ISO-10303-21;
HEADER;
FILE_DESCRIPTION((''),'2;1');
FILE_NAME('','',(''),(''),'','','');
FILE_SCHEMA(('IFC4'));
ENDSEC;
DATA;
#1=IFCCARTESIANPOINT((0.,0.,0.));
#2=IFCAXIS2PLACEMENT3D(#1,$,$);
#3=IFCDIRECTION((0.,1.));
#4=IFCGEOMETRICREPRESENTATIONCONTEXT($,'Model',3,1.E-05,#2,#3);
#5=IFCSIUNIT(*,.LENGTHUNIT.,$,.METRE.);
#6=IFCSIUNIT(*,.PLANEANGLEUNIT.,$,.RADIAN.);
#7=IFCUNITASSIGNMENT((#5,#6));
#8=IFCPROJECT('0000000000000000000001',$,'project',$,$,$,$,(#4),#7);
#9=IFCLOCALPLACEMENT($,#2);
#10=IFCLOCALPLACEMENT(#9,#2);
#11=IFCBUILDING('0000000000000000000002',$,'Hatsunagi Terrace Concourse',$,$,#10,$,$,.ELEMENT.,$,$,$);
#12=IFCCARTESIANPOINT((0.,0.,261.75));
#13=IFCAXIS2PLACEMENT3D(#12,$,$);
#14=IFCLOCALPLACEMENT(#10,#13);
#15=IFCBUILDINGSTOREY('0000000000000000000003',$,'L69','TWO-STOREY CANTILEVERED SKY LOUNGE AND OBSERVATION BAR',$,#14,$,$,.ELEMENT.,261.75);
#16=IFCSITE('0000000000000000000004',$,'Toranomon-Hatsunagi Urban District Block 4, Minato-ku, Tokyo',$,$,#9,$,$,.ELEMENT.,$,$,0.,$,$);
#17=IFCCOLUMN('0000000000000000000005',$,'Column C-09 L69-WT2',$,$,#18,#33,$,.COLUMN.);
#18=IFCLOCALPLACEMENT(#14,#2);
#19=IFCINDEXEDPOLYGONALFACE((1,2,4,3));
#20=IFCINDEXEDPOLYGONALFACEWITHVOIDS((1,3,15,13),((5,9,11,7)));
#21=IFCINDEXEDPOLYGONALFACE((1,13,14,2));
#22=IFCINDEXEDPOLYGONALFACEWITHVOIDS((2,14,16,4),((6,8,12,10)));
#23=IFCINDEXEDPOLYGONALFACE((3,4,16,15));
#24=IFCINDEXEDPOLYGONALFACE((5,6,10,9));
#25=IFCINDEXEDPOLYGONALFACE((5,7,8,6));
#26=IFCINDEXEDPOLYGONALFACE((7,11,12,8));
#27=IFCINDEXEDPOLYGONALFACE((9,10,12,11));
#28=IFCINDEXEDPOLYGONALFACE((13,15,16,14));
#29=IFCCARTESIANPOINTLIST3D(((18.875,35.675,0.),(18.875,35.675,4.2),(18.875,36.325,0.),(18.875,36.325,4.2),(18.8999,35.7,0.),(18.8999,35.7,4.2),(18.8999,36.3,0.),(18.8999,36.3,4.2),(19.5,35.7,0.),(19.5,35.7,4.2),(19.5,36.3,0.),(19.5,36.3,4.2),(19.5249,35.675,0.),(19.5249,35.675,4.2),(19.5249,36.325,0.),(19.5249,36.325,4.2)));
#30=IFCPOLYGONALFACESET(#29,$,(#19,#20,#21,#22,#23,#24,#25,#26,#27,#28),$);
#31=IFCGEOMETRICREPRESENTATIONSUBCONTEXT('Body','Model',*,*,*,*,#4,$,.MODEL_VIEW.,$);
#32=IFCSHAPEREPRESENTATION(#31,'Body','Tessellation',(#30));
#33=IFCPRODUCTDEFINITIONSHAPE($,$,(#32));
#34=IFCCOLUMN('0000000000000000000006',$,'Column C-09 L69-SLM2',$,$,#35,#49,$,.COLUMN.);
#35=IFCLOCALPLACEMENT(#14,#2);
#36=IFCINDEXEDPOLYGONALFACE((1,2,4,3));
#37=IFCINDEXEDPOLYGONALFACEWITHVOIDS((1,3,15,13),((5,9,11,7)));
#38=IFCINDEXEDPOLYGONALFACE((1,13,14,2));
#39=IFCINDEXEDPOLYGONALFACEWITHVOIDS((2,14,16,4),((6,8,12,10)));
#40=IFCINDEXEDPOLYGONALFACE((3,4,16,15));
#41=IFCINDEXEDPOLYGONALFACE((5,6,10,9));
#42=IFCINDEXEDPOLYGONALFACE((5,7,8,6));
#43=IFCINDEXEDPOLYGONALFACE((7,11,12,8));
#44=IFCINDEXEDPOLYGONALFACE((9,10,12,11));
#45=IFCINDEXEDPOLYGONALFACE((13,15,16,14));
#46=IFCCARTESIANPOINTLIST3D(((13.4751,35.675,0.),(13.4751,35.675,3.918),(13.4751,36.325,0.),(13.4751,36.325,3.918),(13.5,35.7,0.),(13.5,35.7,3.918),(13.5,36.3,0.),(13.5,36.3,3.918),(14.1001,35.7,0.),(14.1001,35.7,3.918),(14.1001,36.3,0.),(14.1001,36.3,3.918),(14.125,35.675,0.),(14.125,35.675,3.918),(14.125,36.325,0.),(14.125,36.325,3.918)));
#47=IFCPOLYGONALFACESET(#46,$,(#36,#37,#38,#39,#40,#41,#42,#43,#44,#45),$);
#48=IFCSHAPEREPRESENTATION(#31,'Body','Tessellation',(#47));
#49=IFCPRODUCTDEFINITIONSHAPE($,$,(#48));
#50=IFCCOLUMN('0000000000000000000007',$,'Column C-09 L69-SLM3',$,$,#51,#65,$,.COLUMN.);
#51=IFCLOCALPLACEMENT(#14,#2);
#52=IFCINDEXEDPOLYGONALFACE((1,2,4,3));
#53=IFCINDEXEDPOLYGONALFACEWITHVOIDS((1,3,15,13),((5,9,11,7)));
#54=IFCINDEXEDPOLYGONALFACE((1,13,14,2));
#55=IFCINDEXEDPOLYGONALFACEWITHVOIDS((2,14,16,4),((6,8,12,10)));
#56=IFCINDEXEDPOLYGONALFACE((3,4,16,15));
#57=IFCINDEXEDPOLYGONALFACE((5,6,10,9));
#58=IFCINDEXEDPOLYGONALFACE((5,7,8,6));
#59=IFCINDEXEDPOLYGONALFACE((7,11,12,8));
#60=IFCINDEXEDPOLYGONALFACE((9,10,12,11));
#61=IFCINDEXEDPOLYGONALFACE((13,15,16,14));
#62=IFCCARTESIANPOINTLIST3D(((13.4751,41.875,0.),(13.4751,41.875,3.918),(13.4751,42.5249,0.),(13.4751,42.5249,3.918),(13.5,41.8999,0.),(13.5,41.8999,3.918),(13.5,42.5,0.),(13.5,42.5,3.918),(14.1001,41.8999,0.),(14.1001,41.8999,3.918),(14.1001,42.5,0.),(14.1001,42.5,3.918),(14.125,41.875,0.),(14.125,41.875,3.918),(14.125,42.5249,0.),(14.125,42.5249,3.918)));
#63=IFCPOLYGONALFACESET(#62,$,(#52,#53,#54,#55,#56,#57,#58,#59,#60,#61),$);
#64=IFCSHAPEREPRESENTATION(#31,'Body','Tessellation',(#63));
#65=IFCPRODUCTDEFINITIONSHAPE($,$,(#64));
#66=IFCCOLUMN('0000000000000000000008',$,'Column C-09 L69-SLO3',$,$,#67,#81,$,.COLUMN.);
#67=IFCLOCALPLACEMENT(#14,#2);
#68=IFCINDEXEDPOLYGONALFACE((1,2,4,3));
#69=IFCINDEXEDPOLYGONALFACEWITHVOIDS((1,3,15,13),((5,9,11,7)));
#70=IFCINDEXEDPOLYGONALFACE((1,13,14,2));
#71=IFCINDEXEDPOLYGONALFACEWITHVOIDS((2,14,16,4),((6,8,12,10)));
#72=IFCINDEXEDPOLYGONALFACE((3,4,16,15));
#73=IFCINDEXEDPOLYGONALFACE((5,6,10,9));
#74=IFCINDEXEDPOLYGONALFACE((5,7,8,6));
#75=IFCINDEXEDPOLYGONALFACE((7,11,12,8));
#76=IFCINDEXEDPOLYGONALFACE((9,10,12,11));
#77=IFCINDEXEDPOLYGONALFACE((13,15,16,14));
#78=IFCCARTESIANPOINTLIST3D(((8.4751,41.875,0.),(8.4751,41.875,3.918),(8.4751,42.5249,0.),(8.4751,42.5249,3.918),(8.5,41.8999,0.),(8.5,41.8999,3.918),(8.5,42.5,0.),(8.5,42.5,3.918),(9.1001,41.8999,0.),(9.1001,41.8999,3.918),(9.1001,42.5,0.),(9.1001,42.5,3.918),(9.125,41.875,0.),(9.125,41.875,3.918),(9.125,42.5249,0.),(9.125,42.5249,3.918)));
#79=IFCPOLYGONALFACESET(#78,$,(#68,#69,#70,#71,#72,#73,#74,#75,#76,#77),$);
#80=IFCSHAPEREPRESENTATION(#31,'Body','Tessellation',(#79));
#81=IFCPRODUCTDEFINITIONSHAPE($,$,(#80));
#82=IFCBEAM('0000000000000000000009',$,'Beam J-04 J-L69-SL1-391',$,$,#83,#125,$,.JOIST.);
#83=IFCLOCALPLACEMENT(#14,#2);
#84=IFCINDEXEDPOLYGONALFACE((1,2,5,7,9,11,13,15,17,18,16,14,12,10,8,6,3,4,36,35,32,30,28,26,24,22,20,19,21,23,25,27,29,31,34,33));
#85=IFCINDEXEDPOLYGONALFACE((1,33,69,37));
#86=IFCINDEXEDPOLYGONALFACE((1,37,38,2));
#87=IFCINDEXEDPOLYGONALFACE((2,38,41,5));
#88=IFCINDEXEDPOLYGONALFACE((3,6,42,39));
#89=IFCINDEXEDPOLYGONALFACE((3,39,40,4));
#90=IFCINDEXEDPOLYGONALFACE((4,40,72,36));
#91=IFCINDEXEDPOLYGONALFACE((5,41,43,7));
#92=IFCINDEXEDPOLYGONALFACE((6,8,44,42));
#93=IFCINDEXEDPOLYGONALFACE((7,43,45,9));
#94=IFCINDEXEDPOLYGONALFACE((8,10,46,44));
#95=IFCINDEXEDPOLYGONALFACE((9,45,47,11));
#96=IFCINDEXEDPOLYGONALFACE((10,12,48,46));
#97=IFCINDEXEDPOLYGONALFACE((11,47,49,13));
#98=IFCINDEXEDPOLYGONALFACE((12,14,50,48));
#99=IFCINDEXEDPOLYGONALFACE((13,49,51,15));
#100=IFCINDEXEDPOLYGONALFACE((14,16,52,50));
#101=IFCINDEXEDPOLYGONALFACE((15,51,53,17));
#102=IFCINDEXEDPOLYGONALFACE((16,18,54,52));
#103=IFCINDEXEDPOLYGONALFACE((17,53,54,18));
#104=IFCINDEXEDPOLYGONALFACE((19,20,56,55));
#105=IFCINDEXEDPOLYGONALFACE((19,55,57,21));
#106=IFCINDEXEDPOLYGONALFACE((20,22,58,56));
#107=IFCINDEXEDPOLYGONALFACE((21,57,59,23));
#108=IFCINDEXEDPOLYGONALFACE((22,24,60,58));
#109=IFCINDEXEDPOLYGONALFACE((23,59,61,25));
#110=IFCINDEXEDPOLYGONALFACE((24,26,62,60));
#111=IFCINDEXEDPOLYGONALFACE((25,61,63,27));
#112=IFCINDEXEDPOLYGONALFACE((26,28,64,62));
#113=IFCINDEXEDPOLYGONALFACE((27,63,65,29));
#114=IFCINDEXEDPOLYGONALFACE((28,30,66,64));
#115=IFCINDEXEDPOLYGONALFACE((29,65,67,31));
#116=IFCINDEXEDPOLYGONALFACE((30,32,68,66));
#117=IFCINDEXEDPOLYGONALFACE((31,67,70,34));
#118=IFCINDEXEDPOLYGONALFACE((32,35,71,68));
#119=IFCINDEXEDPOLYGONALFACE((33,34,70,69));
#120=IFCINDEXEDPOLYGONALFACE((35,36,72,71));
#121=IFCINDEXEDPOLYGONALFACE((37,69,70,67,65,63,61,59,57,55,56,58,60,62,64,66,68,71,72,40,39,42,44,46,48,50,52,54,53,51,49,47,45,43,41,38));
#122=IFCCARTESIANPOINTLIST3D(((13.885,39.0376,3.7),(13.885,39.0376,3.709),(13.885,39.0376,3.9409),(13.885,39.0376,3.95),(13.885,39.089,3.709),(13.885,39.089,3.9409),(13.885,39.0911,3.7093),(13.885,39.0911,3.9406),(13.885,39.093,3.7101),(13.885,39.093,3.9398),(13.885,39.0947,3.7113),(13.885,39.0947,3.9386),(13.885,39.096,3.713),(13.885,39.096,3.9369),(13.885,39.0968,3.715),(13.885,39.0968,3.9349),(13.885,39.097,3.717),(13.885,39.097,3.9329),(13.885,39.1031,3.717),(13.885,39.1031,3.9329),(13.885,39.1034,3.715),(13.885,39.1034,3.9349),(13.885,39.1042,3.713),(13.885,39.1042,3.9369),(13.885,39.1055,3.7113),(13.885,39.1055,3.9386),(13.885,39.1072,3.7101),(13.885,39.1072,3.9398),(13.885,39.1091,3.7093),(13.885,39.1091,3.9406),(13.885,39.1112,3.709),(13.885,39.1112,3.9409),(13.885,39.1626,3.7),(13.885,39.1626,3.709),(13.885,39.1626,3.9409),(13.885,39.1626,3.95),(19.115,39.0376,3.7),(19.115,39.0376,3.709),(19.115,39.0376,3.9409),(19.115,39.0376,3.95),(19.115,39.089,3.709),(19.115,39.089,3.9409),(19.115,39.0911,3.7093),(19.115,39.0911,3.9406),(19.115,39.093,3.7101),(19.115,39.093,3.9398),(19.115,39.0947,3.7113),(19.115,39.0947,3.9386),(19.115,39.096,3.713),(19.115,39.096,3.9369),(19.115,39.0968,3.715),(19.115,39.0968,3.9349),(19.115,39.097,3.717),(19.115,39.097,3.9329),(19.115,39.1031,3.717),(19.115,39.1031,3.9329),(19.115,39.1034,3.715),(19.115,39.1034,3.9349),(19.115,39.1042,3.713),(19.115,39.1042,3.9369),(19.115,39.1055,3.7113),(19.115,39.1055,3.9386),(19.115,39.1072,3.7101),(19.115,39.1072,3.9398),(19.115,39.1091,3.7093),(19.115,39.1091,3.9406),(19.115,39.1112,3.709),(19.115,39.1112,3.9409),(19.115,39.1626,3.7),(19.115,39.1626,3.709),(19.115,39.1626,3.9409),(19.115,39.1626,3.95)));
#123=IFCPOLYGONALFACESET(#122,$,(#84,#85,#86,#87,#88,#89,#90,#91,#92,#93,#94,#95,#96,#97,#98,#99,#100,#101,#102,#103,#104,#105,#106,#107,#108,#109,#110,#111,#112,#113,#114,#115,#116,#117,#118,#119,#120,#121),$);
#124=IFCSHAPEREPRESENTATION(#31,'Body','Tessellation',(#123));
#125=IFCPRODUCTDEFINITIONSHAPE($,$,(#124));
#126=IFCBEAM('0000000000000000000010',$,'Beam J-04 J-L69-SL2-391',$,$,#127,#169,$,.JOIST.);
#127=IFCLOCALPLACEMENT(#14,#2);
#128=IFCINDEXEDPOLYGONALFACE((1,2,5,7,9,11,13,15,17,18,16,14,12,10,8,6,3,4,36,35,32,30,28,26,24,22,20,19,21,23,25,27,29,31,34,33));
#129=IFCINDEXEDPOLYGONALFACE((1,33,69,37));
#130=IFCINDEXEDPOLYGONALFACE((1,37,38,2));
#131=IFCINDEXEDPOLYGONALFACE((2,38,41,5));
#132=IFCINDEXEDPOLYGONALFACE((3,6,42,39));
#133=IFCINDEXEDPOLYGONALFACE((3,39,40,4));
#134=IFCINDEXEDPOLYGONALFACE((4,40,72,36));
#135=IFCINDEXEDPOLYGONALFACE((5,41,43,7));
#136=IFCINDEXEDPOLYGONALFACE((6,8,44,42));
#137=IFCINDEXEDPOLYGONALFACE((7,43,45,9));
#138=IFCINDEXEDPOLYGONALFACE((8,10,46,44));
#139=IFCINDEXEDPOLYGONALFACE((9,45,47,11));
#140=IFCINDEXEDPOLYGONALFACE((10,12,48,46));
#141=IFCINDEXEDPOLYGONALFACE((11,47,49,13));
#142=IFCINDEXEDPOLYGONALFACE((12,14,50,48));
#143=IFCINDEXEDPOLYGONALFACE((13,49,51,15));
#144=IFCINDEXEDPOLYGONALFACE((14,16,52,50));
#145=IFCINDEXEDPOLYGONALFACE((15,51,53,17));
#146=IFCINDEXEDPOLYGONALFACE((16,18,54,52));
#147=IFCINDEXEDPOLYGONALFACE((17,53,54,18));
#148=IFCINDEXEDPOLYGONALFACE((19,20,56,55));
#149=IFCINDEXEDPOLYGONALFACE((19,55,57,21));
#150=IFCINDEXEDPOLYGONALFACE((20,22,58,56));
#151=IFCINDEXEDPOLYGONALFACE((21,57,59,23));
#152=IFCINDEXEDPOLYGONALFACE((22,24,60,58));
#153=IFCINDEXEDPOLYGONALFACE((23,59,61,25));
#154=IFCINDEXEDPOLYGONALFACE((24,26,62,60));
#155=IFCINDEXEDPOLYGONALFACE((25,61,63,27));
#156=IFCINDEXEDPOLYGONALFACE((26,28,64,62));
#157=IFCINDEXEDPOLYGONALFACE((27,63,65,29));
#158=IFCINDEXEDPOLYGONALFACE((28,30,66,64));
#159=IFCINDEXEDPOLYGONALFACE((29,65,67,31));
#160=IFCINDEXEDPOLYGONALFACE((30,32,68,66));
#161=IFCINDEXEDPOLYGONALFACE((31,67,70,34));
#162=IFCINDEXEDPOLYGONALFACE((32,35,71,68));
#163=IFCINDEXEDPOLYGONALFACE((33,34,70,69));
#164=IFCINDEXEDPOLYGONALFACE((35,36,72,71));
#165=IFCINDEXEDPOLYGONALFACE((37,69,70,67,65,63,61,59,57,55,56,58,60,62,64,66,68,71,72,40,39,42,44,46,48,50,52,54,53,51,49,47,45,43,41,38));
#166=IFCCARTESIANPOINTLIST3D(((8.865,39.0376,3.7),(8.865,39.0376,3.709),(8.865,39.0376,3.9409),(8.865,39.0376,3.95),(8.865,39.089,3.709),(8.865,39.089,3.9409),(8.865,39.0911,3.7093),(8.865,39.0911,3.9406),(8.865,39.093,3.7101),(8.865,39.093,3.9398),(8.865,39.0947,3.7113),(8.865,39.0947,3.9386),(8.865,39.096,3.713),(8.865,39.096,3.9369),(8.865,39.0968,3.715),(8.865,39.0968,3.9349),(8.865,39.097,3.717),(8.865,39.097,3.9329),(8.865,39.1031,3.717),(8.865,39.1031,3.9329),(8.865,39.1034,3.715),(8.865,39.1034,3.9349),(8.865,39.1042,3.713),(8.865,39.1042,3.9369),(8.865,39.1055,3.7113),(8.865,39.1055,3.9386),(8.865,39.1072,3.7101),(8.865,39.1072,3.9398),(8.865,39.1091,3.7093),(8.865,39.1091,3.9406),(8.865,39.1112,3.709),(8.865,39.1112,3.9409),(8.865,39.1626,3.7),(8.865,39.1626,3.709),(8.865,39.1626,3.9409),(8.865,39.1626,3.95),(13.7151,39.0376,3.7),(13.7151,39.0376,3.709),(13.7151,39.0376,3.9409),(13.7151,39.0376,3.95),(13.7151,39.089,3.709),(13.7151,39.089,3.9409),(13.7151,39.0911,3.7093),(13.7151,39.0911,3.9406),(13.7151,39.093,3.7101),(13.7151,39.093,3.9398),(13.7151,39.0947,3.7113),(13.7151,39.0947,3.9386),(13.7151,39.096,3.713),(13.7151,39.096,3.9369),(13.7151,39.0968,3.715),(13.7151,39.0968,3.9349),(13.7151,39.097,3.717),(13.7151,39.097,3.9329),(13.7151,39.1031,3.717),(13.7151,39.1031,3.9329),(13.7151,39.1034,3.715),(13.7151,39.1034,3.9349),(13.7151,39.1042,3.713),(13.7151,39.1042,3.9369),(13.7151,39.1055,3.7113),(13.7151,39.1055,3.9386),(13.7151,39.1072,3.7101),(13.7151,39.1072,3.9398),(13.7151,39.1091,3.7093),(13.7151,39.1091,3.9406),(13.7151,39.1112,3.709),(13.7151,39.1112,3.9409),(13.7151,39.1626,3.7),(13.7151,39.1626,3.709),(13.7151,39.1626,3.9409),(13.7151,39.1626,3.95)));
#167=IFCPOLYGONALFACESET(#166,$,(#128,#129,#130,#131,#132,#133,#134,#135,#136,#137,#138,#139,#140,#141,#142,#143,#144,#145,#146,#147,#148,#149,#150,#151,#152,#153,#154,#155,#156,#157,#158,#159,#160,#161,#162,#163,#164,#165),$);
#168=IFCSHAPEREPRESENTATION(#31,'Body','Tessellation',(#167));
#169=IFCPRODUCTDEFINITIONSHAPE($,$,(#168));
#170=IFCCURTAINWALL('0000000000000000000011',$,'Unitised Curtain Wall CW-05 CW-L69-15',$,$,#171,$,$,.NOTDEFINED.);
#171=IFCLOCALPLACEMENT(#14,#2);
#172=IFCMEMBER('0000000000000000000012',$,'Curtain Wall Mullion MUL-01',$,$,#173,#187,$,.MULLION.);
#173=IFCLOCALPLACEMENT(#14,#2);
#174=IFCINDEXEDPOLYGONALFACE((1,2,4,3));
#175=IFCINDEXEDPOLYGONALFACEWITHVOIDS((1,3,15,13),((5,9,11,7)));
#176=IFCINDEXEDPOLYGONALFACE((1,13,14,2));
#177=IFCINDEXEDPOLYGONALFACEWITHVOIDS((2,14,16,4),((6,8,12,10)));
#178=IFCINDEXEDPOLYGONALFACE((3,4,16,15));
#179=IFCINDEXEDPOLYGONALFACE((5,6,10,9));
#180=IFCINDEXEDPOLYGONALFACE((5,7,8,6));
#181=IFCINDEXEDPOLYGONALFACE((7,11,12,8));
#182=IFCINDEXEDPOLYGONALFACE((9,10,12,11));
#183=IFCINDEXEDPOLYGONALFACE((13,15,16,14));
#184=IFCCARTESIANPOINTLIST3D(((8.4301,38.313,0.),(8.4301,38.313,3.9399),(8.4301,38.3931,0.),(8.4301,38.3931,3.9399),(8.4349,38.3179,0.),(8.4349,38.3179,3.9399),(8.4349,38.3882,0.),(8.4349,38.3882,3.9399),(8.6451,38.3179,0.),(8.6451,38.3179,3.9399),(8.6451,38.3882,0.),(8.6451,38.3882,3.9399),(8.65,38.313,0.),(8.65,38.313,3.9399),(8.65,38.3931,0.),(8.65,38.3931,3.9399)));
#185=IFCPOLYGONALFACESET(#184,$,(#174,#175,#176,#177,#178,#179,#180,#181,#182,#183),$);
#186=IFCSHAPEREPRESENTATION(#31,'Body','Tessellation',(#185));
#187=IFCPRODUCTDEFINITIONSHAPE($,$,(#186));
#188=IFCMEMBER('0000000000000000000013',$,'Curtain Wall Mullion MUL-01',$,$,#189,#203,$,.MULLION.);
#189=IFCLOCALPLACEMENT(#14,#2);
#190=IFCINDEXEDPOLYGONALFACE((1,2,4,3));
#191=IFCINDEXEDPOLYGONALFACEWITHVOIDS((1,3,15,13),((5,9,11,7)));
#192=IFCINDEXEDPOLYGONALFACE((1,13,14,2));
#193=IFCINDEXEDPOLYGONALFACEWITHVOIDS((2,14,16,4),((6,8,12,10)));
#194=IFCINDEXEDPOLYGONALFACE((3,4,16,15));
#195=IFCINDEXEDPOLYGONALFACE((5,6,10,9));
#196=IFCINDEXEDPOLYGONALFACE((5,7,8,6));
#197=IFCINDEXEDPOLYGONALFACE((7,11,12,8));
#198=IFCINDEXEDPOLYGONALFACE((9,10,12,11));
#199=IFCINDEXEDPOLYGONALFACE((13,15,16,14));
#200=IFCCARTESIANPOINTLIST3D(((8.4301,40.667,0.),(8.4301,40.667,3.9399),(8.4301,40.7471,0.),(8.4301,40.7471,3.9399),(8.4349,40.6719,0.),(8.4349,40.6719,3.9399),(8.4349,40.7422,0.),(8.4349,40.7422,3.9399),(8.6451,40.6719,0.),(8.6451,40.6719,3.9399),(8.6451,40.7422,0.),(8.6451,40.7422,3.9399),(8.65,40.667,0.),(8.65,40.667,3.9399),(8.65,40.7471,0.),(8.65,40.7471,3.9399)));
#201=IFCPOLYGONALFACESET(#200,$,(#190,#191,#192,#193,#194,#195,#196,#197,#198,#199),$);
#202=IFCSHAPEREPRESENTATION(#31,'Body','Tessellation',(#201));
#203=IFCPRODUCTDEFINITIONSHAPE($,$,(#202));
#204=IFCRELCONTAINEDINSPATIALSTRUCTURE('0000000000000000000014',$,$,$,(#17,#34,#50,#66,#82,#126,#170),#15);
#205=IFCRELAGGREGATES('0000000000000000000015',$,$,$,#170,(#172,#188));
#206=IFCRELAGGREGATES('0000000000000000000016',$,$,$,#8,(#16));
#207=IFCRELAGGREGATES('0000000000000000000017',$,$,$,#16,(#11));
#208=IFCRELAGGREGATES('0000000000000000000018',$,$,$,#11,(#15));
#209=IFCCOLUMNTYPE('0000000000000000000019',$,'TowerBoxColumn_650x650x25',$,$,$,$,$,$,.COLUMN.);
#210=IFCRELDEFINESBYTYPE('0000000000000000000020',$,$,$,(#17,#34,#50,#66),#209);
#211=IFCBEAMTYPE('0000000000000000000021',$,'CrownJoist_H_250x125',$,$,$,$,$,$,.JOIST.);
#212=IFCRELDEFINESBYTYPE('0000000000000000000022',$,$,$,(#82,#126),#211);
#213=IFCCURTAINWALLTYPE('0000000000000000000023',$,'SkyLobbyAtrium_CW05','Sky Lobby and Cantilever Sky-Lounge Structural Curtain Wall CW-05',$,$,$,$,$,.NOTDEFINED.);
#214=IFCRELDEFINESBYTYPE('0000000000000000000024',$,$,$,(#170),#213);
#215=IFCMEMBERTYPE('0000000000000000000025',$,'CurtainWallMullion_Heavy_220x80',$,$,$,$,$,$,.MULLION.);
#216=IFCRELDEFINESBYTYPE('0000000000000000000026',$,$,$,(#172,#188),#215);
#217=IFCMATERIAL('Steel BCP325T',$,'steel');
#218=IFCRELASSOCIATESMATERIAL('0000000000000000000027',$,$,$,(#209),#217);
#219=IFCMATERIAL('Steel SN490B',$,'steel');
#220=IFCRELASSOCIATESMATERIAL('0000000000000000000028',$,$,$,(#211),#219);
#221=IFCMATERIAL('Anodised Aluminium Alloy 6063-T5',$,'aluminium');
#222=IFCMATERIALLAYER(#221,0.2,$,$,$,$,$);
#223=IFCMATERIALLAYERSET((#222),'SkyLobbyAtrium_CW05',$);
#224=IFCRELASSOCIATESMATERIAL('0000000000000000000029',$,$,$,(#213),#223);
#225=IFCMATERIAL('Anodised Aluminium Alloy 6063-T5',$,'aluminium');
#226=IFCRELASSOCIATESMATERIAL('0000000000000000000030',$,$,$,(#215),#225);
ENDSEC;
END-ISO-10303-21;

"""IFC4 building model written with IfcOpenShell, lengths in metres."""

from ifc_helpers import new_model, si_unit, direction, frame, origin, origin_2d, place, context, subcontext, project, spatial, hollow_rectangle, i_section, extrude, material, layer, layer_set, material_profile, profile_set, type_object, element, aggregate, save


model = new_model("IFC4")

# Units and contexts
model_context = context("Model", 3, precision=1e-05, world=origin(), true_north=direction((0.0, 1.0)))
body_context = subcontext(model_context, "Body", "Model", "MODEL_VIEW")
ifc_project = project(units=[si_unit("LENGTHUNIT", "METRE"), si_unit("PLANEANGLEUNIT", "RADIAN")], contexts=[model_context])

# Site, building, storey
site_placement = place(None, origin())
site = spatial("IfcSite", under=ifc_project, at=site_placement, Name="Toranomon-Hatsunagi Urban District Block 4, Minato-ku, Tokyo", CompositionType="ELEMENT", RefElevation=0.0)
building_placement = place(site_placement, origin())
building = spatial("IfcBuilding", under=site, at=building_placement, Name="Hatsunagi Terrace Concourse", CompositionType="ELEMENT")
storey_placement = place(building_placement, frame((0.0, 0.0, 261.75)))
storey = spatial("IfcBuildingStorey", under=building, at=storey_placement, Name="L69", Description="TWO-STOREY CANTILEVERED SKY LOUNGE AND OBSERVATION BAR", CompositionType="ELEMENT", Elevation=261.75)

# Columns
ifc_material_1 = material(Name="Steel BCP325T", Category="steel")
ifc_material_profile_1 = material_profile(ifc_material_1, hollow_rectangle(XDim=0.6499, YDim=0.6499, WallThickness=0.0249, at=origin_2d()), Name="BCP-650x650x25")
ifc_profile_set_1 = profile_set([ifc_material_profile_1], Name="Steel BCP325T")
column_type = type_object("IfcColumnType", Name="TowerBoxColumn_650x650x25", PredefinedType="COLUMN", material=ifc_profile_set_1)
column_placement = place(storey_placement, frame((19.2, 36.0, 0.0), z_axis=(0.0, 0.0, 1.0), x_axis=(1.0, 0.0, 0.0)))
element("IfcColumn", 1, at=column_placement, inside=storey, type_object=column_type, Name="Column C-09 L69-WT2", PredefinedType="COLUMN", context=body_context, shape_type="SweptSolid", body=[
    extrude(hollow_rectangle(XDim=0.6499, YDim=0.6499, WallThickness=0.0249, at=origin_2d()), origin(), (0.0, 0.0, 1.0), 4.2),
])
for number, where, z_axis, x_axis, name in (
    (2, (13.8, 36.0, 0.0), (0.0, 0.0, 1.0), (1.0, 0.0, 0.0), "Column C-09 L69-SLM2"),
    (3, (13.8, 42.2, 0.0), (0.0, 0.0, 1.0), (1.0, 0.0, 0.0), "Column C-09 L69-SLM3"),
    (4, (8.8, 42.2, 0.0), (0.0, 0.0, 1.0), (1.0, 0.0, 0.0), "Column C-09 L69-SLO3"),
):
    element("IfcColumn", number, at=place(storey_placement, frame(where, z_axis=z_axis, x_axis=x_axis)), inside=storey, type_object=column_type, Name=name, PredefinedType="COLUMN", context=body_context, shape_type="SweptSolid", body=[
        extrude(hollow_rectangle(XDim=0.6499, YDim=0.6499, WallThickness=0.0249, at=origin_2d()), origin(), (0.0, 0.0, 1.0), 3.918),
    ])

# Beams
ifc_material_2 = material(Name="Steel SN490B", Category="steel")
ifc_material_profile_2 = material_profile(ifc_material_2, i_section(OverallWidth=0.125, OverallDepth=0.25, WebThickness=0.0061, FlangeThickness=0.009, FilletRadius=0.0081, at=origin_2d()), Name="H-250x125x6x9")
ifc_profile_set_2 = profile_set([ifc_material_profile_2], Name="Steel SN490B")
beam_type_1 = type_object("IfcBeamType", Name="CrownJoist_H_250x125", PredefinedType="JOIST", material=ifc_profile_set_2)
beam_1_placement = place(storey_placement, frame((19.115, 39.1001, 3.825), z_axis=(-1.0, 0.0, 0.0), x_axis=(0.0, -1.0, 0.0)))
element("IfcBeam", 5, at=beam_1_placement, inside=storey, type_object=beam_type_1, Name="Beam J-04 J-L69-SL1-391", PredefinedType="JOIST", context=body_context, shape_type="SweptSolid", body=[
    extrude(i_section(OverallWidth=0.125, OverallDepth=0.25, WebThickness=0.0061, FlangeThickness=0.009, FilletRadius=0.0081, at=origin_2d()), origin(), (0.0, 0.0, 1.0), 5.23),
])
beam_2_placement = place(storey_placement, frame((13.7151, 39.1001, 3.825), z_axis=(-1.0, 0.0, 0.0), x_axis=(0.0, -1.0, 0.0)))
element("IfcBeam", 6, at=beam_2_placement, inside=storey, type_object=beam_type_1, Name="Beam J-04 J-L69-SL2-391", PredefinedType="JOIST", context=body_context, shape_type="SweptSolid", body=[
    extrude(i_section(OverallWidth=0.125, OverallDepth=0.25, WebThickness=0.0061, FlangeThickness=0.009, FilletRadius=0.0081, at=origin_2d()), origin(), (0.0, 0.0, 1.0), 4.8501),
])

# Curtain wall, members
ifc_material_3 = material(Name="Anodised Aluminium Alloy 6063-T5", Category="aluminium")
ifc_layer_1 = layer(ifc_material_3, 0.2)
ifc_layer_set_1 = layer_set([ifc_layer_1], Name="SkyLobbyAtrium_CW05")
curtain_wall_type = type_object("IfcCurtainWallType", Name="SkyLobbyAtrium_CW05", Description="Sky Lobby and Cantilever Sky-Lounge Structural Curtain Wall CW-05", PredefinedType="NOTDEFINED", material=ifc_layer_set_1)
curtain_wall_1_placement = place(storey_placement, origin())
curtain_wall_1 = element("IfcCurtainWall", 7, at=curtain_wall_1_placement, inside=storey, type_object=curtain_wall_type, Name="Unitised Curtain Wall CW-05 CW-L69-15", PredefinedType="NOTDEFINED")
ifc_material_4 = material(Name="Anodised Aluminium Alloy 6063-T5", Category="aluminium")
ifc_material_profile_3 = material_profile(ifc_material_4, hollow_rectangle(XDim=0.0801, YDim=0.22, WallThickness=0.0049, at=origin_2d()), Name="ALU-MUL-220x80x5")
ifc_profile_set_3 = profile_set([ifc_material_profile_3], Name="Anodised Aluminium Alloy 6063-T5")
member_type_1 = type_object("IfcMemberType", Name="CurtainWallMullion_Heavy_220x80", PredefinedType="MULLION", material=ifc_profile_set_3)
member_1_placement = place(storey_placement, frame((8.54, 38.353, 0.0), z_axis=(0.0, 0.0, 1.0), x_axis=(0.0, 1.0, 0.0)))
member_1 = element("IfcMember", 8, at=member_1_placement, type_object=member_type_1, Name="Curtain Wall Mullion MUL-01", PredefinedType="MULLION", context=body_context, shape_type="SweptSolid", body=[
    extrude(hollow_rectangle(XDim=0.0801, YDim=0.22, WallThickness=0.0049, at=origin_2d()), origin(), (0.0, 0.0, 1.0), 3.9399),
])
member_2_placement = place(storey_placement, frame((8.54, 40.707, 0.0), z_axis=(0.0, 0.0, 1.0), x_axis=(0.0, 1.0, 0.0)))
member_2 = element("IfcMember", 9, at=member_2_placement, type_object=member_type_1, Name="Curtain Wall Mullion MUL-01", PredefinedType="MULLION", context=body_context, shape_type="SweptSolid", body=[
    extrude(hollow_rectangle(XDim=0.0801, YDim=0.22, WallThickness=0.0049, at=origin_2d()), origin(), (0.0, 0.0, 1.0), 3.9399),
])

aggregate(curtain_wall_1, [member_1, member_2])

save(model, "model.ifc")
